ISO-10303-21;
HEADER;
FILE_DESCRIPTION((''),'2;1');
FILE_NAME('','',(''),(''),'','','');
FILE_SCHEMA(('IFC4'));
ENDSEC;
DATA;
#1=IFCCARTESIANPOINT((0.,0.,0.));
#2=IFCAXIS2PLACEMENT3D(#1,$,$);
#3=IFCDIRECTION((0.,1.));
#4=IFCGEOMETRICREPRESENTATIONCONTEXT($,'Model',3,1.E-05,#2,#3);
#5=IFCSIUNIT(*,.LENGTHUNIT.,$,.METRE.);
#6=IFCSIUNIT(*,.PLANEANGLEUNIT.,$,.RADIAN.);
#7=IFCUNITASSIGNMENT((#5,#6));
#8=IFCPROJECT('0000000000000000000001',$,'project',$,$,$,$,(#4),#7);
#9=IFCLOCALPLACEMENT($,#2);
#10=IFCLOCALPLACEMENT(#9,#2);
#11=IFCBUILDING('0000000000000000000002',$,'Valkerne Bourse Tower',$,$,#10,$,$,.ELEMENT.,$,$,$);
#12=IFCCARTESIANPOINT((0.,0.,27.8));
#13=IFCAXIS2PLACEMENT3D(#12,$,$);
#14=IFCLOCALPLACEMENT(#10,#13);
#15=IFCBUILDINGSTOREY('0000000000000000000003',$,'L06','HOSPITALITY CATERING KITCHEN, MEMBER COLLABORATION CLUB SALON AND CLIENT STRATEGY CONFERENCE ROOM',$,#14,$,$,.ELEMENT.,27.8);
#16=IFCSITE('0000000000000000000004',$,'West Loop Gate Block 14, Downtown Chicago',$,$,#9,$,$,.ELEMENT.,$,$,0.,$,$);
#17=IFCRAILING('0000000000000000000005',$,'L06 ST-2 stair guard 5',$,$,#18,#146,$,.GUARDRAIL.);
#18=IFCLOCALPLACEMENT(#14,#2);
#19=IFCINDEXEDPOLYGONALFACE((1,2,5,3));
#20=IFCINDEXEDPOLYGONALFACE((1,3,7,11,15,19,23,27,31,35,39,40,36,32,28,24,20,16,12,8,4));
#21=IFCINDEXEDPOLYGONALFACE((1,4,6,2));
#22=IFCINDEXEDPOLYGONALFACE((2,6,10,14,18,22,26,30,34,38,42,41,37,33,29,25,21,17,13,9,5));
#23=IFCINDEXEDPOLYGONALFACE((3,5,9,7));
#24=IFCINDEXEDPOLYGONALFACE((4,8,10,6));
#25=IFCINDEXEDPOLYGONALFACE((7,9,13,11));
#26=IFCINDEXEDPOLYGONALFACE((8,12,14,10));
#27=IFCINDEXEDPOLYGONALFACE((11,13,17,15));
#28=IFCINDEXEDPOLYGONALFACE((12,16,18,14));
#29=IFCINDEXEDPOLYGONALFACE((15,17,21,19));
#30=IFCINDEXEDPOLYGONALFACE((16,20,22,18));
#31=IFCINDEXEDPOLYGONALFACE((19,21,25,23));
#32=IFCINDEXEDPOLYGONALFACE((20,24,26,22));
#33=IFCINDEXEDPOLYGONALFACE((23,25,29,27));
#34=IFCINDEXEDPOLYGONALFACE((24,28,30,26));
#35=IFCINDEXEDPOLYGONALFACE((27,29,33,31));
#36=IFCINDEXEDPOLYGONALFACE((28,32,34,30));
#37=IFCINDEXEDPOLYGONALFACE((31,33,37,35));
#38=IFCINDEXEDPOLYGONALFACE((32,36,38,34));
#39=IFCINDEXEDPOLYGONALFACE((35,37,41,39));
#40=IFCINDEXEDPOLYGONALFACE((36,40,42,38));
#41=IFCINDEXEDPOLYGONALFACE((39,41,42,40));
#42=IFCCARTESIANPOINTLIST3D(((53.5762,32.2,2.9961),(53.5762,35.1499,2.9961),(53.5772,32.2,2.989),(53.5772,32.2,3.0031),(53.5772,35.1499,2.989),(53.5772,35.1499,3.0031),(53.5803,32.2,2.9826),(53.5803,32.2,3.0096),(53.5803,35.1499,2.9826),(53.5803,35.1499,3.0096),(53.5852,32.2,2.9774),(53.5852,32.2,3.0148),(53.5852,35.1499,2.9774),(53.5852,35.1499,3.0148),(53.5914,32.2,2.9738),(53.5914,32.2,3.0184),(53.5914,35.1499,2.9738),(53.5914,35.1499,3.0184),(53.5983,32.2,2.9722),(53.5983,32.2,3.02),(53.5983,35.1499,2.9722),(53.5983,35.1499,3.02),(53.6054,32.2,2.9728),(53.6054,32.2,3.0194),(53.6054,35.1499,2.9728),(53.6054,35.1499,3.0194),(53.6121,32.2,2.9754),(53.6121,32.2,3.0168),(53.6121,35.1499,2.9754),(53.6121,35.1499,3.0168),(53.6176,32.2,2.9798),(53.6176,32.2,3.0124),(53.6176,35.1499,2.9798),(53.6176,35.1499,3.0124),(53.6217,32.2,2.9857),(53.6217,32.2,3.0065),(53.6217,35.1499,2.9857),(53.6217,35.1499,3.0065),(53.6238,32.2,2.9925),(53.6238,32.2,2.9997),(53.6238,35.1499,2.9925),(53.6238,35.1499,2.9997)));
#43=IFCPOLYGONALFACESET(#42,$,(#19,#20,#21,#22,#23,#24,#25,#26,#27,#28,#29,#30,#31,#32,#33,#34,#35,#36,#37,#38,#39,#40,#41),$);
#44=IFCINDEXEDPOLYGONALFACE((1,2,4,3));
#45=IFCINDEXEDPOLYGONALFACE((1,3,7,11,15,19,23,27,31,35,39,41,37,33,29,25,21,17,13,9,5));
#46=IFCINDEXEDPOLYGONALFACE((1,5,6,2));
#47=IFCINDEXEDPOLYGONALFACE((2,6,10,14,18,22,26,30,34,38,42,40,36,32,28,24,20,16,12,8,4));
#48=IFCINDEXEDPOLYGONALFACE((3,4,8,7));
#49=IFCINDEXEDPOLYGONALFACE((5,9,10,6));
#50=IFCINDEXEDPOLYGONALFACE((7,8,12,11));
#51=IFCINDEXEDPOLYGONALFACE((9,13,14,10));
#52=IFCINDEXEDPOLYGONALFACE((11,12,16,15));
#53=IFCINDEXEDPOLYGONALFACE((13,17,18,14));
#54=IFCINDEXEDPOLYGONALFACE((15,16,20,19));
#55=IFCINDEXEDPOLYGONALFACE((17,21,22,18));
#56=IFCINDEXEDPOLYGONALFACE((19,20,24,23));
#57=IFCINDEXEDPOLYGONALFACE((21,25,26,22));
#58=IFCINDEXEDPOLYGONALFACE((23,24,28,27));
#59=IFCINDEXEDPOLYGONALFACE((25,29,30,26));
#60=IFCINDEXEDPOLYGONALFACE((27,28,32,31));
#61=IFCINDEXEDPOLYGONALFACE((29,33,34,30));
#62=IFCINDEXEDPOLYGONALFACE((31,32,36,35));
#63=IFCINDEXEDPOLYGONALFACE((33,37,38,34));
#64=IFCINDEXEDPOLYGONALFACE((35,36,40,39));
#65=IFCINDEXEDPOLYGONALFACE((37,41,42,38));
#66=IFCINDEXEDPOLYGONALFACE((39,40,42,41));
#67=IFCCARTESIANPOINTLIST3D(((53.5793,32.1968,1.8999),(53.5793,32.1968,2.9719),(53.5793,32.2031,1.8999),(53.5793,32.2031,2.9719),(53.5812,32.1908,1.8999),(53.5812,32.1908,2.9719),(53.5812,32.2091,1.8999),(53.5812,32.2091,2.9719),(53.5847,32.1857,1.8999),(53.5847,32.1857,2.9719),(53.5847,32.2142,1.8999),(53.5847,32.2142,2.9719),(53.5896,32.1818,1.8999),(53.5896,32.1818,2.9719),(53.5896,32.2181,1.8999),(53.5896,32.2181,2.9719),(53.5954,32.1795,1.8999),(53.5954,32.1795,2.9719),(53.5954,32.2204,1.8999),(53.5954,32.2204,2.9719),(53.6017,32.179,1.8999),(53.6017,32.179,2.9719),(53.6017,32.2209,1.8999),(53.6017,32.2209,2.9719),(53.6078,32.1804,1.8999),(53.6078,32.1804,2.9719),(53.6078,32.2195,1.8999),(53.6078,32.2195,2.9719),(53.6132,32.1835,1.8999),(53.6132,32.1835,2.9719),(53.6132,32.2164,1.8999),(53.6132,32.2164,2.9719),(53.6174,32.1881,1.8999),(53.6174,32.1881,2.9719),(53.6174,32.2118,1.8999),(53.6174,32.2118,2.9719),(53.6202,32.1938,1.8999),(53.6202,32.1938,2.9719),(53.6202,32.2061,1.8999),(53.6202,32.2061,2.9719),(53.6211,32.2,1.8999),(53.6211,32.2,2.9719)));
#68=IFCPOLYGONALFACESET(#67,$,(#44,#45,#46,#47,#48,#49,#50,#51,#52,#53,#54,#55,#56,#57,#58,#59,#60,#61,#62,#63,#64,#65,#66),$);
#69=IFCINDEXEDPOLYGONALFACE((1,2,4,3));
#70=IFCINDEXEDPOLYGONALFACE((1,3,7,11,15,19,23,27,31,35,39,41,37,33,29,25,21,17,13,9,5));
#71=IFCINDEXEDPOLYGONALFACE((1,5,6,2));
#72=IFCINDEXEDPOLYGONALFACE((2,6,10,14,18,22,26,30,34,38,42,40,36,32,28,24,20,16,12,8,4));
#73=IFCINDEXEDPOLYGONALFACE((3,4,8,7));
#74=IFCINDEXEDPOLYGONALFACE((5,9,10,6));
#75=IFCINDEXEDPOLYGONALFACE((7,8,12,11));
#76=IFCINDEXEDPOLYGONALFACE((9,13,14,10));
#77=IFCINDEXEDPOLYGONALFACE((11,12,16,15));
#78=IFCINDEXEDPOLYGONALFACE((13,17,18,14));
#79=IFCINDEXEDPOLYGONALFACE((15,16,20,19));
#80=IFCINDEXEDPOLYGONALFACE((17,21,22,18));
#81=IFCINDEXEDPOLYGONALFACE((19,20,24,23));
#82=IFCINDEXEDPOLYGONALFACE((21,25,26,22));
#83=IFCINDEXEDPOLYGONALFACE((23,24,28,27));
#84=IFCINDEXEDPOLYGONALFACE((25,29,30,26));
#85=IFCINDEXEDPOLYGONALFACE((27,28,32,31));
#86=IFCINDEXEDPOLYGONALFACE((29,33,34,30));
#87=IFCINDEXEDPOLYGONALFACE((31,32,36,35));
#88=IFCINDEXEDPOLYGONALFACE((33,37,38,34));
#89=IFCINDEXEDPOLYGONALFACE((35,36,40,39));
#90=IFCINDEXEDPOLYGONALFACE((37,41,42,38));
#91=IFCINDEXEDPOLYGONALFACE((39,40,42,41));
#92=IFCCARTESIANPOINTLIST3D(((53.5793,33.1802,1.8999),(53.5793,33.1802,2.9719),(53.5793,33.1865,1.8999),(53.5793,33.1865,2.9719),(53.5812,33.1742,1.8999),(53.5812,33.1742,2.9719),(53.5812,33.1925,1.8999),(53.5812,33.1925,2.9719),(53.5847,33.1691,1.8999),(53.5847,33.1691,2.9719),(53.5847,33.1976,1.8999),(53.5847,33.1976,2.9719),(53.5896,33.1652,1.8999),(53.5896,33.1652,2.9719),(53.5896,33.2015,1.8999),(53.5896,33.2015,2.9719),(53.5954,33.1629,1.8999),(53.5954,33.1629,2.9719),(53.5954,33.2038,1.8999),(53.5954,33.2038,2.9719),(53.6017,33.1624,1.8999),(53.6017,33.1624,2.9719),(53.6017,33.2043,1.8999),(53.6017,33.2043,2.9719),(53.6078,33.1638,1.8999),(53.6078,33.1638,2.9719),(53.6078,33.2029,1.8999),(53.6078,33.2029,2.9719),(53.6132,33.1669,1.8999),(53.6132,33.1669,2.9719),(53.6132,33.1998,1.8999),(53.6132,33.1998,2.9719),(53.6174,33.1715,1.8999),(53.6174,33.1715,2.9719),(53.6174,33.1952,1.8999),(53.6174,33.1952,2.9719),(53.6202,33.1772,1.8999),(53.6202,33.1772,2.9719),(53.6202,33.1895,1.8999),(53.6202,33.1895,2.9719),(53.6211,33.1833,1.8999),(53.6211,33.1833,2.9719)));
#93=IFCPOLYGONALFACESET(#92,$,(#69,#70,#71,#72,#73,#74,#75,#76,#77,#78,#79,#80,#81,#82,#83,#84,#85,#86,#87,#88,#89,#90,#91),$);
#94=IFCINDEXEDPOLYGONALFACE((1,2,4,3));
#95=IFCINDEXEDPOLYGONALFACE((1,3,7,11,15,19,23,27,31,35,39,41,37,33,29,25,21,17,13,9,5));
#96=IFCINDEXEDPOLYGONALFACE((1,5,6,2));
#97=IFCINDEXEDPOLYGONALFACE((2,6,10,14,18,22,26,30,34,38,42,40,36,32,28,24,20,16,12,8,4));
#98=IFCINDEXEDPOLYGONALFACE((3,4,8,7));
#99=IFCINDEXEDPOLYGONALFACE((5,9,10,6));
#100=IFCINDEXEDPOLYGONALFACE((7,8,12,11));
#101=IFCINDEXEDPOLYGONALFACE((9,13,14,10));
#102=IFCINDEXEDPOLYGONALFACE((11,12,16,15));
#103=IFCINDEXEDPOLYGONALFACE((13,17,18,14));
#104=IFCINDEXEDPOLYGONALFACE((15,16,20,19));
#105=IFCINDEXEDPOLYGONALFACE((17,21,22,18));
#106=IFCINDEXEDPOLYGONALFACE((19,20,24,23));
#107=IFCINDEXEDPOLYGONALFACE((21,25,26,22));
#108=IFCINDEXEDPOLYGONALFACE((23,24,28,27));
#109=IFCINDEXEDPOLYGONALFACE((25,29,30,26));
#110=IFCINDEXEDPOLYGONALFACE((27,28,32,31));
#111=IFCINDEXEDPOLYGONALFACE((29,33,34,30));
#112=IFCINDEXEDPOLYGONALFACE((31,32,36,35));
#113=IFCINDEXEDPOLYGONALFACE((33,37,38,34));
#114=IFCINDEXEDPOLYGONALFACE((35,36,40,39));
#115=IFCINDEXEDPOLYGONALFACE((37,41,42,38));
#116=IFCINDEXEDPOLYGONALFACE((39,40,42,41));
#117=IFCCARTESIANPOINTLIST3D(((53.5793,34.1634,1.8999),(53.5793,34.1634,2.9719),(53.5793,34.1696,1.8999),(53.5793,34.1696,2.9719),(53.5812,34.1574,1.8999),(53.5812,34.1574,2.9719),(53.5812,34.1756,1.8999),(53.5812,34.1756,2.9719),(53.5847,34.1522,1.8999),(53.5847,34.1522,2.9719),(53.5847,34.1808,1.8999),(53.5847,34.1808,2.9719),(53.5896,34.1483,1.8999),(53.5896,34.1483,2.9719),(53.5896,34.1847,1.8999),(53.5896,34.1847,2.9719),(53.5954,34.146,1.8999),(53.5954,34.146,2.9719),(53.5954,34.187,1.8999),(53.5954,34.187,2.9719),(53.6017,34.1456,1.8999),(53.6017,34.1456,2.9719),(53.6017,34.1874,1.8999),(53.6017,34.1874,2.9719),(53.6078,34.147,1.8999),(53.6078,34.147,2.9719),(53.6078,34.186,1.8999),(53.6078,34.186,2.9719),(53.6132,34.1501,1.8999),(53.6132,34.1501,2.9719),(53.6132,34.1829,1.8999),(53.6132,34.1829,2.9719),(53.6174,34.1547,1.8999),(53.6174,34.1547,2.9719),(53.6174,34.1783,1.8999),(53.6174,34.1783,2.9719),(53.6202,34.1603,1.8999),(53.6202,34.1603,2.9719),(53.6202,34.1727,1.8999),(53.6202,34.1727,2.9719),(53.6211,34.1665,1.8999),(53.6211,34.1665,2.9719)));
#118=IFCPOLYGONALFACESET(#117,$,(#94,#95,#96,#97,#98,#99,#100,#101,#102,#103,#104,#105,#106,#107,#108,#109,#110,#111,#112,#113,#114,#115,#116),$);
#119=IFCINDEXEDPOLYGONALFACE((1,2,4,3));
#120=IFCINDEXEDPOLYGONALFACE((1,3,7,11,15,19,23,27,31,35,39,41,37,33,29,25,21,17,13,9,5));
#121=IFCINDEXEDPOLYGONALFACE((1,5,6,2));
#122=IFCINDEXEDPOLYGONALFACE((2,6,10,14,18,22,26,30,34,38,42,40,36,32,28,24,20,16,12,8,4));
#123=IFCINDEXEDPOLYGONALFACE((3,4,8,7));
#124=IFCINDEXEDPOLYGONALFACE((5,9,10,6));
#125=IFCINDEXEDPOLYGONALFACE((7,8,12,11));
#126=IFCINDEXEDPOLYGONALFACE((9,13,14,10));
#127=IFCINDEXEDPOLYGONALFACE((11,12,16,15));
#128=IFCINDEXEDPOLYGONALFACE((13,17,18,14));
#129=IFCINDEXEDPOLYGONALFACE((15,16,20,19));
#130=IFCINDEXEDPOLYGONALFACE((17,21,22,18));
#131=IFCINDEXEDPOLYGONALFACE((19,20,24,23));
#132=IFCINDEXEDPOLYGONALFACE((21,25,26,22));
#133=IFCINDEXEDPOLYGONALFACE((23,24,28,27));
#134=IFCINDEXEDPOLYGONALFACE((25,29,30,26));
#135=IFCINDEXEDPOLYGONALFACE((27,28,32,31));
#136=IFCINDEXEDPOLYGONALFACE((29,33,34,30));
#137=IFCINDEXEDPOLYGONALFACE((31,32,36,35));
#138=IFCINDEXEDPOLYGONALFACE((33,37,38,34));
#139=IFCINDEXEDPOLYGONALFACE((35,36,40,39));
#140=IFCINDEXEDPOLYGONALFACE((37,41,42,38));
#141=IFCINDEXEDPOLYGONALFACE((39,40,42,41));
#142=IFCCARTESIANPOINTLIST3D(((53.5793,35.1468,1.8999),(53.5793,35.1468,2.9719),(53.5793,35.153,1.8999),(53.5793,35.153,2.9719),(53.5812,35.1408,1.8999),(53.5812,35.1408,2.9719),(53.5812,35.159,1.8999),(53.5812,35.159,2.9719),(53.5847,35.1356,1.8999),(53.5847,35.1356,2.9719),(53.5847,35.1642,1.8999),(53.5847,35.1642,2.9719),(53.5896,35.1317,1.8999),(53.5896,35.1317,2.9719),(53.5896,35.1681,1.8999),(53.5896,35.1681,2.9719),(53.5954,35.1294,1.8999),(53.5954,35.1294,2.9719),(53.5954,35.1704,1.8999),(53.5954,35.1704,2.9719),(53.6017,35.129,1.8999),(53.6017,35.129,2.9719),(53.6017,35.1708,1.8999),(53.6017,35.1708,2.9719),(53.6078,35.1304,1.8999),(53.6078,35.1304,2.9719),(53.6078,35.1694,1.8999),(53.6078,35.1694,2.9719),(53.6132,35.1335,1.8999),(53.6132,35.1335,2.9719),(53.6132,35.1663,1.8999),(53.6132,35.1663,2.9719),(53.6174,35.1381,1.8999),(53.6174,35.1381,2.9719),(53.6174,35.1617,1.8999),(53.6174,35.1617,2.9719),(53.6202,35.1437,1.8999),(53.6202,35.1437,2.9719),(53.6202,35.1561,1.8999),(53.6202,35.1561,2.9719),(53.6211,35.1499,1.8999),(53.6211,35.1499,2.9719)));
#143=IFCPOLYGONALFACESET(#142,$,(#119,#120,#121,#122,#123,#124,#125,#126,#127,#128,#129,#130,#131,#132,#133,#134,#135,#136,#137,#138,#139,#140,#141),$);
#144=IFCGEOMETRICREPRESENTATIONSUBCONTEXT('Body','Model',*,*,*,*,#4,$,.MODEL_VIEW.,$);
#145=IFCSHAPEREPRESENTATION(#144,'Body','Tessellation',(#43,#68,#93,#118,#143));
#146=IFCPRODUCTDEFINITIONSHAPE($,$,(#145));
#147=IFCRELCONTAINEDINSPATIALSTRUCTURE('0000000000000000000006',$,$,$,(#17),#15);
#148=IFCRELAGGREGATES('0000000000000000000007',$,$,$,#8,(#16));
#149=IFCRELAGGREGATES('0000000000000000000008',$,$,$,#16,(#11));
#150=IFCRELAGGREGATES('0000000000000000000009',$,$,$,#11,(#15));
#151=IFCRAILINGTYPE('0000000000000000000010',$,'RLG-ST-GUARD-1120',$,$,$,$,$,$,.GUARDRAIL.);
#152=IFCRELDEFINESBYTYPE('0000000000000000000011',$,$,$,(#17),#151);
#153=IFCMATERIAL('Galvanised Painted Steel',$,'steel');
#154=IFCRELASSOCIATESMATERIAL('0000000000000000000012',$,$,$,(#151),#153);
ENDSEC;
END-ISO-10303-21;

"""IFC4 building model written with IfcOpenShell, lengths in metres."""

from ifc_helpers import new_model, si_unit, direction, frame, origin, origin_2d, place, context, subcontext, project, spatial, circle, extrude, material, type_object, element, save


model = new_model("IFC4")

# Units and contexts
model_context = context("Model", 3, precision=1e-05, world=origin(), true_north=direction((0.0, 1.0)))
body_context = subcontext(model_context, "Body", "Model", "MODEL_VIEW")
ifc_project = project(units=[si_unit("LENGTHUNIT", "METRE"), si_unit("PLANEANGLEUNIT", "RADIAN")], contexts=[model_context])

# Site, building, storey
site_placement = place(None, origin())
site = spatial("IfcSite", under=ifc_project, at=site_placement, Name="West Loop Gate Block 14, Downtown Chicago", CompositionType="ELEMENT", RefElevation=0.0)
building_placement = place(site_placement, origin())
building = spatial("IfcBuilding", under=site, at=building_placement, Name="Valkerne Bourse Tower", CompositionType="ELEMENT")
storey_placement = place(building_placement, frame((0.0, 0.0, 27.8)))
storey = spatial("IfcBuildingStorey", under=building, at=storey_placement, Name="L06", Description="HOSPITALITY CATERING KITCHEN, MEMBER COLLABORATION CLUB SALON AND CLIENT STRATEGY CONFERENCE ROOM", CompositionType="ELEMENT", Elevation=27.8)

# Railing
ifc_material_1 = material(Name="Galvanised Painted Steel", Category="steel")
railing_type = type_object("IfcRailingType", Name="RLG-ST-GUARD-1120", PredefinedType="GUARDRAIL", material=ifc_material_1)
railing_1_placement = place(storey_placement, frame((53.6001, 32.2, 1.8999)))
element("IfcRailing", 1, at=railing_1_placement, inside=storey, type_object=railing_type, Name="L06 ST-2 stair guard 5", PredefinedType="GUARDRAIL", context=body_context, shape_type="SweptSolid", body=[
    extrude(circle(Radius=0.0239, at=origin_2d()), frame((0.0, 0.0, 1.0962), z_axis=(0.0, 1.0, 0.0), x_axis=(-1.0, 0.0, 0.0)), (0.0, 0.0, 1.0), 2.95),
    extrude(circle(Radius=0.021, at=origin_2d()), origin(), (0.0, 0.0, 1.0), 1.072),
    extrude(circle(Radius=0.021, at=origin_2d()), frame((0.0, 0.9834, 0.0)), (0.0, 0.0, 1.0), 1.072),
    extrude(circle(Radius=0.021, at=origin_2d()), frame((0.0, 1.9666, 0.0)), (0.0, 0.0, 1.0), 1.072),
    extrude(circle(Radius=0.021, at=origin_2d()), frame((0.0, 2.95, 0.0)), (0.0, 0.0, 1.0), 1.072),
])

save(model, "model.ifc")
